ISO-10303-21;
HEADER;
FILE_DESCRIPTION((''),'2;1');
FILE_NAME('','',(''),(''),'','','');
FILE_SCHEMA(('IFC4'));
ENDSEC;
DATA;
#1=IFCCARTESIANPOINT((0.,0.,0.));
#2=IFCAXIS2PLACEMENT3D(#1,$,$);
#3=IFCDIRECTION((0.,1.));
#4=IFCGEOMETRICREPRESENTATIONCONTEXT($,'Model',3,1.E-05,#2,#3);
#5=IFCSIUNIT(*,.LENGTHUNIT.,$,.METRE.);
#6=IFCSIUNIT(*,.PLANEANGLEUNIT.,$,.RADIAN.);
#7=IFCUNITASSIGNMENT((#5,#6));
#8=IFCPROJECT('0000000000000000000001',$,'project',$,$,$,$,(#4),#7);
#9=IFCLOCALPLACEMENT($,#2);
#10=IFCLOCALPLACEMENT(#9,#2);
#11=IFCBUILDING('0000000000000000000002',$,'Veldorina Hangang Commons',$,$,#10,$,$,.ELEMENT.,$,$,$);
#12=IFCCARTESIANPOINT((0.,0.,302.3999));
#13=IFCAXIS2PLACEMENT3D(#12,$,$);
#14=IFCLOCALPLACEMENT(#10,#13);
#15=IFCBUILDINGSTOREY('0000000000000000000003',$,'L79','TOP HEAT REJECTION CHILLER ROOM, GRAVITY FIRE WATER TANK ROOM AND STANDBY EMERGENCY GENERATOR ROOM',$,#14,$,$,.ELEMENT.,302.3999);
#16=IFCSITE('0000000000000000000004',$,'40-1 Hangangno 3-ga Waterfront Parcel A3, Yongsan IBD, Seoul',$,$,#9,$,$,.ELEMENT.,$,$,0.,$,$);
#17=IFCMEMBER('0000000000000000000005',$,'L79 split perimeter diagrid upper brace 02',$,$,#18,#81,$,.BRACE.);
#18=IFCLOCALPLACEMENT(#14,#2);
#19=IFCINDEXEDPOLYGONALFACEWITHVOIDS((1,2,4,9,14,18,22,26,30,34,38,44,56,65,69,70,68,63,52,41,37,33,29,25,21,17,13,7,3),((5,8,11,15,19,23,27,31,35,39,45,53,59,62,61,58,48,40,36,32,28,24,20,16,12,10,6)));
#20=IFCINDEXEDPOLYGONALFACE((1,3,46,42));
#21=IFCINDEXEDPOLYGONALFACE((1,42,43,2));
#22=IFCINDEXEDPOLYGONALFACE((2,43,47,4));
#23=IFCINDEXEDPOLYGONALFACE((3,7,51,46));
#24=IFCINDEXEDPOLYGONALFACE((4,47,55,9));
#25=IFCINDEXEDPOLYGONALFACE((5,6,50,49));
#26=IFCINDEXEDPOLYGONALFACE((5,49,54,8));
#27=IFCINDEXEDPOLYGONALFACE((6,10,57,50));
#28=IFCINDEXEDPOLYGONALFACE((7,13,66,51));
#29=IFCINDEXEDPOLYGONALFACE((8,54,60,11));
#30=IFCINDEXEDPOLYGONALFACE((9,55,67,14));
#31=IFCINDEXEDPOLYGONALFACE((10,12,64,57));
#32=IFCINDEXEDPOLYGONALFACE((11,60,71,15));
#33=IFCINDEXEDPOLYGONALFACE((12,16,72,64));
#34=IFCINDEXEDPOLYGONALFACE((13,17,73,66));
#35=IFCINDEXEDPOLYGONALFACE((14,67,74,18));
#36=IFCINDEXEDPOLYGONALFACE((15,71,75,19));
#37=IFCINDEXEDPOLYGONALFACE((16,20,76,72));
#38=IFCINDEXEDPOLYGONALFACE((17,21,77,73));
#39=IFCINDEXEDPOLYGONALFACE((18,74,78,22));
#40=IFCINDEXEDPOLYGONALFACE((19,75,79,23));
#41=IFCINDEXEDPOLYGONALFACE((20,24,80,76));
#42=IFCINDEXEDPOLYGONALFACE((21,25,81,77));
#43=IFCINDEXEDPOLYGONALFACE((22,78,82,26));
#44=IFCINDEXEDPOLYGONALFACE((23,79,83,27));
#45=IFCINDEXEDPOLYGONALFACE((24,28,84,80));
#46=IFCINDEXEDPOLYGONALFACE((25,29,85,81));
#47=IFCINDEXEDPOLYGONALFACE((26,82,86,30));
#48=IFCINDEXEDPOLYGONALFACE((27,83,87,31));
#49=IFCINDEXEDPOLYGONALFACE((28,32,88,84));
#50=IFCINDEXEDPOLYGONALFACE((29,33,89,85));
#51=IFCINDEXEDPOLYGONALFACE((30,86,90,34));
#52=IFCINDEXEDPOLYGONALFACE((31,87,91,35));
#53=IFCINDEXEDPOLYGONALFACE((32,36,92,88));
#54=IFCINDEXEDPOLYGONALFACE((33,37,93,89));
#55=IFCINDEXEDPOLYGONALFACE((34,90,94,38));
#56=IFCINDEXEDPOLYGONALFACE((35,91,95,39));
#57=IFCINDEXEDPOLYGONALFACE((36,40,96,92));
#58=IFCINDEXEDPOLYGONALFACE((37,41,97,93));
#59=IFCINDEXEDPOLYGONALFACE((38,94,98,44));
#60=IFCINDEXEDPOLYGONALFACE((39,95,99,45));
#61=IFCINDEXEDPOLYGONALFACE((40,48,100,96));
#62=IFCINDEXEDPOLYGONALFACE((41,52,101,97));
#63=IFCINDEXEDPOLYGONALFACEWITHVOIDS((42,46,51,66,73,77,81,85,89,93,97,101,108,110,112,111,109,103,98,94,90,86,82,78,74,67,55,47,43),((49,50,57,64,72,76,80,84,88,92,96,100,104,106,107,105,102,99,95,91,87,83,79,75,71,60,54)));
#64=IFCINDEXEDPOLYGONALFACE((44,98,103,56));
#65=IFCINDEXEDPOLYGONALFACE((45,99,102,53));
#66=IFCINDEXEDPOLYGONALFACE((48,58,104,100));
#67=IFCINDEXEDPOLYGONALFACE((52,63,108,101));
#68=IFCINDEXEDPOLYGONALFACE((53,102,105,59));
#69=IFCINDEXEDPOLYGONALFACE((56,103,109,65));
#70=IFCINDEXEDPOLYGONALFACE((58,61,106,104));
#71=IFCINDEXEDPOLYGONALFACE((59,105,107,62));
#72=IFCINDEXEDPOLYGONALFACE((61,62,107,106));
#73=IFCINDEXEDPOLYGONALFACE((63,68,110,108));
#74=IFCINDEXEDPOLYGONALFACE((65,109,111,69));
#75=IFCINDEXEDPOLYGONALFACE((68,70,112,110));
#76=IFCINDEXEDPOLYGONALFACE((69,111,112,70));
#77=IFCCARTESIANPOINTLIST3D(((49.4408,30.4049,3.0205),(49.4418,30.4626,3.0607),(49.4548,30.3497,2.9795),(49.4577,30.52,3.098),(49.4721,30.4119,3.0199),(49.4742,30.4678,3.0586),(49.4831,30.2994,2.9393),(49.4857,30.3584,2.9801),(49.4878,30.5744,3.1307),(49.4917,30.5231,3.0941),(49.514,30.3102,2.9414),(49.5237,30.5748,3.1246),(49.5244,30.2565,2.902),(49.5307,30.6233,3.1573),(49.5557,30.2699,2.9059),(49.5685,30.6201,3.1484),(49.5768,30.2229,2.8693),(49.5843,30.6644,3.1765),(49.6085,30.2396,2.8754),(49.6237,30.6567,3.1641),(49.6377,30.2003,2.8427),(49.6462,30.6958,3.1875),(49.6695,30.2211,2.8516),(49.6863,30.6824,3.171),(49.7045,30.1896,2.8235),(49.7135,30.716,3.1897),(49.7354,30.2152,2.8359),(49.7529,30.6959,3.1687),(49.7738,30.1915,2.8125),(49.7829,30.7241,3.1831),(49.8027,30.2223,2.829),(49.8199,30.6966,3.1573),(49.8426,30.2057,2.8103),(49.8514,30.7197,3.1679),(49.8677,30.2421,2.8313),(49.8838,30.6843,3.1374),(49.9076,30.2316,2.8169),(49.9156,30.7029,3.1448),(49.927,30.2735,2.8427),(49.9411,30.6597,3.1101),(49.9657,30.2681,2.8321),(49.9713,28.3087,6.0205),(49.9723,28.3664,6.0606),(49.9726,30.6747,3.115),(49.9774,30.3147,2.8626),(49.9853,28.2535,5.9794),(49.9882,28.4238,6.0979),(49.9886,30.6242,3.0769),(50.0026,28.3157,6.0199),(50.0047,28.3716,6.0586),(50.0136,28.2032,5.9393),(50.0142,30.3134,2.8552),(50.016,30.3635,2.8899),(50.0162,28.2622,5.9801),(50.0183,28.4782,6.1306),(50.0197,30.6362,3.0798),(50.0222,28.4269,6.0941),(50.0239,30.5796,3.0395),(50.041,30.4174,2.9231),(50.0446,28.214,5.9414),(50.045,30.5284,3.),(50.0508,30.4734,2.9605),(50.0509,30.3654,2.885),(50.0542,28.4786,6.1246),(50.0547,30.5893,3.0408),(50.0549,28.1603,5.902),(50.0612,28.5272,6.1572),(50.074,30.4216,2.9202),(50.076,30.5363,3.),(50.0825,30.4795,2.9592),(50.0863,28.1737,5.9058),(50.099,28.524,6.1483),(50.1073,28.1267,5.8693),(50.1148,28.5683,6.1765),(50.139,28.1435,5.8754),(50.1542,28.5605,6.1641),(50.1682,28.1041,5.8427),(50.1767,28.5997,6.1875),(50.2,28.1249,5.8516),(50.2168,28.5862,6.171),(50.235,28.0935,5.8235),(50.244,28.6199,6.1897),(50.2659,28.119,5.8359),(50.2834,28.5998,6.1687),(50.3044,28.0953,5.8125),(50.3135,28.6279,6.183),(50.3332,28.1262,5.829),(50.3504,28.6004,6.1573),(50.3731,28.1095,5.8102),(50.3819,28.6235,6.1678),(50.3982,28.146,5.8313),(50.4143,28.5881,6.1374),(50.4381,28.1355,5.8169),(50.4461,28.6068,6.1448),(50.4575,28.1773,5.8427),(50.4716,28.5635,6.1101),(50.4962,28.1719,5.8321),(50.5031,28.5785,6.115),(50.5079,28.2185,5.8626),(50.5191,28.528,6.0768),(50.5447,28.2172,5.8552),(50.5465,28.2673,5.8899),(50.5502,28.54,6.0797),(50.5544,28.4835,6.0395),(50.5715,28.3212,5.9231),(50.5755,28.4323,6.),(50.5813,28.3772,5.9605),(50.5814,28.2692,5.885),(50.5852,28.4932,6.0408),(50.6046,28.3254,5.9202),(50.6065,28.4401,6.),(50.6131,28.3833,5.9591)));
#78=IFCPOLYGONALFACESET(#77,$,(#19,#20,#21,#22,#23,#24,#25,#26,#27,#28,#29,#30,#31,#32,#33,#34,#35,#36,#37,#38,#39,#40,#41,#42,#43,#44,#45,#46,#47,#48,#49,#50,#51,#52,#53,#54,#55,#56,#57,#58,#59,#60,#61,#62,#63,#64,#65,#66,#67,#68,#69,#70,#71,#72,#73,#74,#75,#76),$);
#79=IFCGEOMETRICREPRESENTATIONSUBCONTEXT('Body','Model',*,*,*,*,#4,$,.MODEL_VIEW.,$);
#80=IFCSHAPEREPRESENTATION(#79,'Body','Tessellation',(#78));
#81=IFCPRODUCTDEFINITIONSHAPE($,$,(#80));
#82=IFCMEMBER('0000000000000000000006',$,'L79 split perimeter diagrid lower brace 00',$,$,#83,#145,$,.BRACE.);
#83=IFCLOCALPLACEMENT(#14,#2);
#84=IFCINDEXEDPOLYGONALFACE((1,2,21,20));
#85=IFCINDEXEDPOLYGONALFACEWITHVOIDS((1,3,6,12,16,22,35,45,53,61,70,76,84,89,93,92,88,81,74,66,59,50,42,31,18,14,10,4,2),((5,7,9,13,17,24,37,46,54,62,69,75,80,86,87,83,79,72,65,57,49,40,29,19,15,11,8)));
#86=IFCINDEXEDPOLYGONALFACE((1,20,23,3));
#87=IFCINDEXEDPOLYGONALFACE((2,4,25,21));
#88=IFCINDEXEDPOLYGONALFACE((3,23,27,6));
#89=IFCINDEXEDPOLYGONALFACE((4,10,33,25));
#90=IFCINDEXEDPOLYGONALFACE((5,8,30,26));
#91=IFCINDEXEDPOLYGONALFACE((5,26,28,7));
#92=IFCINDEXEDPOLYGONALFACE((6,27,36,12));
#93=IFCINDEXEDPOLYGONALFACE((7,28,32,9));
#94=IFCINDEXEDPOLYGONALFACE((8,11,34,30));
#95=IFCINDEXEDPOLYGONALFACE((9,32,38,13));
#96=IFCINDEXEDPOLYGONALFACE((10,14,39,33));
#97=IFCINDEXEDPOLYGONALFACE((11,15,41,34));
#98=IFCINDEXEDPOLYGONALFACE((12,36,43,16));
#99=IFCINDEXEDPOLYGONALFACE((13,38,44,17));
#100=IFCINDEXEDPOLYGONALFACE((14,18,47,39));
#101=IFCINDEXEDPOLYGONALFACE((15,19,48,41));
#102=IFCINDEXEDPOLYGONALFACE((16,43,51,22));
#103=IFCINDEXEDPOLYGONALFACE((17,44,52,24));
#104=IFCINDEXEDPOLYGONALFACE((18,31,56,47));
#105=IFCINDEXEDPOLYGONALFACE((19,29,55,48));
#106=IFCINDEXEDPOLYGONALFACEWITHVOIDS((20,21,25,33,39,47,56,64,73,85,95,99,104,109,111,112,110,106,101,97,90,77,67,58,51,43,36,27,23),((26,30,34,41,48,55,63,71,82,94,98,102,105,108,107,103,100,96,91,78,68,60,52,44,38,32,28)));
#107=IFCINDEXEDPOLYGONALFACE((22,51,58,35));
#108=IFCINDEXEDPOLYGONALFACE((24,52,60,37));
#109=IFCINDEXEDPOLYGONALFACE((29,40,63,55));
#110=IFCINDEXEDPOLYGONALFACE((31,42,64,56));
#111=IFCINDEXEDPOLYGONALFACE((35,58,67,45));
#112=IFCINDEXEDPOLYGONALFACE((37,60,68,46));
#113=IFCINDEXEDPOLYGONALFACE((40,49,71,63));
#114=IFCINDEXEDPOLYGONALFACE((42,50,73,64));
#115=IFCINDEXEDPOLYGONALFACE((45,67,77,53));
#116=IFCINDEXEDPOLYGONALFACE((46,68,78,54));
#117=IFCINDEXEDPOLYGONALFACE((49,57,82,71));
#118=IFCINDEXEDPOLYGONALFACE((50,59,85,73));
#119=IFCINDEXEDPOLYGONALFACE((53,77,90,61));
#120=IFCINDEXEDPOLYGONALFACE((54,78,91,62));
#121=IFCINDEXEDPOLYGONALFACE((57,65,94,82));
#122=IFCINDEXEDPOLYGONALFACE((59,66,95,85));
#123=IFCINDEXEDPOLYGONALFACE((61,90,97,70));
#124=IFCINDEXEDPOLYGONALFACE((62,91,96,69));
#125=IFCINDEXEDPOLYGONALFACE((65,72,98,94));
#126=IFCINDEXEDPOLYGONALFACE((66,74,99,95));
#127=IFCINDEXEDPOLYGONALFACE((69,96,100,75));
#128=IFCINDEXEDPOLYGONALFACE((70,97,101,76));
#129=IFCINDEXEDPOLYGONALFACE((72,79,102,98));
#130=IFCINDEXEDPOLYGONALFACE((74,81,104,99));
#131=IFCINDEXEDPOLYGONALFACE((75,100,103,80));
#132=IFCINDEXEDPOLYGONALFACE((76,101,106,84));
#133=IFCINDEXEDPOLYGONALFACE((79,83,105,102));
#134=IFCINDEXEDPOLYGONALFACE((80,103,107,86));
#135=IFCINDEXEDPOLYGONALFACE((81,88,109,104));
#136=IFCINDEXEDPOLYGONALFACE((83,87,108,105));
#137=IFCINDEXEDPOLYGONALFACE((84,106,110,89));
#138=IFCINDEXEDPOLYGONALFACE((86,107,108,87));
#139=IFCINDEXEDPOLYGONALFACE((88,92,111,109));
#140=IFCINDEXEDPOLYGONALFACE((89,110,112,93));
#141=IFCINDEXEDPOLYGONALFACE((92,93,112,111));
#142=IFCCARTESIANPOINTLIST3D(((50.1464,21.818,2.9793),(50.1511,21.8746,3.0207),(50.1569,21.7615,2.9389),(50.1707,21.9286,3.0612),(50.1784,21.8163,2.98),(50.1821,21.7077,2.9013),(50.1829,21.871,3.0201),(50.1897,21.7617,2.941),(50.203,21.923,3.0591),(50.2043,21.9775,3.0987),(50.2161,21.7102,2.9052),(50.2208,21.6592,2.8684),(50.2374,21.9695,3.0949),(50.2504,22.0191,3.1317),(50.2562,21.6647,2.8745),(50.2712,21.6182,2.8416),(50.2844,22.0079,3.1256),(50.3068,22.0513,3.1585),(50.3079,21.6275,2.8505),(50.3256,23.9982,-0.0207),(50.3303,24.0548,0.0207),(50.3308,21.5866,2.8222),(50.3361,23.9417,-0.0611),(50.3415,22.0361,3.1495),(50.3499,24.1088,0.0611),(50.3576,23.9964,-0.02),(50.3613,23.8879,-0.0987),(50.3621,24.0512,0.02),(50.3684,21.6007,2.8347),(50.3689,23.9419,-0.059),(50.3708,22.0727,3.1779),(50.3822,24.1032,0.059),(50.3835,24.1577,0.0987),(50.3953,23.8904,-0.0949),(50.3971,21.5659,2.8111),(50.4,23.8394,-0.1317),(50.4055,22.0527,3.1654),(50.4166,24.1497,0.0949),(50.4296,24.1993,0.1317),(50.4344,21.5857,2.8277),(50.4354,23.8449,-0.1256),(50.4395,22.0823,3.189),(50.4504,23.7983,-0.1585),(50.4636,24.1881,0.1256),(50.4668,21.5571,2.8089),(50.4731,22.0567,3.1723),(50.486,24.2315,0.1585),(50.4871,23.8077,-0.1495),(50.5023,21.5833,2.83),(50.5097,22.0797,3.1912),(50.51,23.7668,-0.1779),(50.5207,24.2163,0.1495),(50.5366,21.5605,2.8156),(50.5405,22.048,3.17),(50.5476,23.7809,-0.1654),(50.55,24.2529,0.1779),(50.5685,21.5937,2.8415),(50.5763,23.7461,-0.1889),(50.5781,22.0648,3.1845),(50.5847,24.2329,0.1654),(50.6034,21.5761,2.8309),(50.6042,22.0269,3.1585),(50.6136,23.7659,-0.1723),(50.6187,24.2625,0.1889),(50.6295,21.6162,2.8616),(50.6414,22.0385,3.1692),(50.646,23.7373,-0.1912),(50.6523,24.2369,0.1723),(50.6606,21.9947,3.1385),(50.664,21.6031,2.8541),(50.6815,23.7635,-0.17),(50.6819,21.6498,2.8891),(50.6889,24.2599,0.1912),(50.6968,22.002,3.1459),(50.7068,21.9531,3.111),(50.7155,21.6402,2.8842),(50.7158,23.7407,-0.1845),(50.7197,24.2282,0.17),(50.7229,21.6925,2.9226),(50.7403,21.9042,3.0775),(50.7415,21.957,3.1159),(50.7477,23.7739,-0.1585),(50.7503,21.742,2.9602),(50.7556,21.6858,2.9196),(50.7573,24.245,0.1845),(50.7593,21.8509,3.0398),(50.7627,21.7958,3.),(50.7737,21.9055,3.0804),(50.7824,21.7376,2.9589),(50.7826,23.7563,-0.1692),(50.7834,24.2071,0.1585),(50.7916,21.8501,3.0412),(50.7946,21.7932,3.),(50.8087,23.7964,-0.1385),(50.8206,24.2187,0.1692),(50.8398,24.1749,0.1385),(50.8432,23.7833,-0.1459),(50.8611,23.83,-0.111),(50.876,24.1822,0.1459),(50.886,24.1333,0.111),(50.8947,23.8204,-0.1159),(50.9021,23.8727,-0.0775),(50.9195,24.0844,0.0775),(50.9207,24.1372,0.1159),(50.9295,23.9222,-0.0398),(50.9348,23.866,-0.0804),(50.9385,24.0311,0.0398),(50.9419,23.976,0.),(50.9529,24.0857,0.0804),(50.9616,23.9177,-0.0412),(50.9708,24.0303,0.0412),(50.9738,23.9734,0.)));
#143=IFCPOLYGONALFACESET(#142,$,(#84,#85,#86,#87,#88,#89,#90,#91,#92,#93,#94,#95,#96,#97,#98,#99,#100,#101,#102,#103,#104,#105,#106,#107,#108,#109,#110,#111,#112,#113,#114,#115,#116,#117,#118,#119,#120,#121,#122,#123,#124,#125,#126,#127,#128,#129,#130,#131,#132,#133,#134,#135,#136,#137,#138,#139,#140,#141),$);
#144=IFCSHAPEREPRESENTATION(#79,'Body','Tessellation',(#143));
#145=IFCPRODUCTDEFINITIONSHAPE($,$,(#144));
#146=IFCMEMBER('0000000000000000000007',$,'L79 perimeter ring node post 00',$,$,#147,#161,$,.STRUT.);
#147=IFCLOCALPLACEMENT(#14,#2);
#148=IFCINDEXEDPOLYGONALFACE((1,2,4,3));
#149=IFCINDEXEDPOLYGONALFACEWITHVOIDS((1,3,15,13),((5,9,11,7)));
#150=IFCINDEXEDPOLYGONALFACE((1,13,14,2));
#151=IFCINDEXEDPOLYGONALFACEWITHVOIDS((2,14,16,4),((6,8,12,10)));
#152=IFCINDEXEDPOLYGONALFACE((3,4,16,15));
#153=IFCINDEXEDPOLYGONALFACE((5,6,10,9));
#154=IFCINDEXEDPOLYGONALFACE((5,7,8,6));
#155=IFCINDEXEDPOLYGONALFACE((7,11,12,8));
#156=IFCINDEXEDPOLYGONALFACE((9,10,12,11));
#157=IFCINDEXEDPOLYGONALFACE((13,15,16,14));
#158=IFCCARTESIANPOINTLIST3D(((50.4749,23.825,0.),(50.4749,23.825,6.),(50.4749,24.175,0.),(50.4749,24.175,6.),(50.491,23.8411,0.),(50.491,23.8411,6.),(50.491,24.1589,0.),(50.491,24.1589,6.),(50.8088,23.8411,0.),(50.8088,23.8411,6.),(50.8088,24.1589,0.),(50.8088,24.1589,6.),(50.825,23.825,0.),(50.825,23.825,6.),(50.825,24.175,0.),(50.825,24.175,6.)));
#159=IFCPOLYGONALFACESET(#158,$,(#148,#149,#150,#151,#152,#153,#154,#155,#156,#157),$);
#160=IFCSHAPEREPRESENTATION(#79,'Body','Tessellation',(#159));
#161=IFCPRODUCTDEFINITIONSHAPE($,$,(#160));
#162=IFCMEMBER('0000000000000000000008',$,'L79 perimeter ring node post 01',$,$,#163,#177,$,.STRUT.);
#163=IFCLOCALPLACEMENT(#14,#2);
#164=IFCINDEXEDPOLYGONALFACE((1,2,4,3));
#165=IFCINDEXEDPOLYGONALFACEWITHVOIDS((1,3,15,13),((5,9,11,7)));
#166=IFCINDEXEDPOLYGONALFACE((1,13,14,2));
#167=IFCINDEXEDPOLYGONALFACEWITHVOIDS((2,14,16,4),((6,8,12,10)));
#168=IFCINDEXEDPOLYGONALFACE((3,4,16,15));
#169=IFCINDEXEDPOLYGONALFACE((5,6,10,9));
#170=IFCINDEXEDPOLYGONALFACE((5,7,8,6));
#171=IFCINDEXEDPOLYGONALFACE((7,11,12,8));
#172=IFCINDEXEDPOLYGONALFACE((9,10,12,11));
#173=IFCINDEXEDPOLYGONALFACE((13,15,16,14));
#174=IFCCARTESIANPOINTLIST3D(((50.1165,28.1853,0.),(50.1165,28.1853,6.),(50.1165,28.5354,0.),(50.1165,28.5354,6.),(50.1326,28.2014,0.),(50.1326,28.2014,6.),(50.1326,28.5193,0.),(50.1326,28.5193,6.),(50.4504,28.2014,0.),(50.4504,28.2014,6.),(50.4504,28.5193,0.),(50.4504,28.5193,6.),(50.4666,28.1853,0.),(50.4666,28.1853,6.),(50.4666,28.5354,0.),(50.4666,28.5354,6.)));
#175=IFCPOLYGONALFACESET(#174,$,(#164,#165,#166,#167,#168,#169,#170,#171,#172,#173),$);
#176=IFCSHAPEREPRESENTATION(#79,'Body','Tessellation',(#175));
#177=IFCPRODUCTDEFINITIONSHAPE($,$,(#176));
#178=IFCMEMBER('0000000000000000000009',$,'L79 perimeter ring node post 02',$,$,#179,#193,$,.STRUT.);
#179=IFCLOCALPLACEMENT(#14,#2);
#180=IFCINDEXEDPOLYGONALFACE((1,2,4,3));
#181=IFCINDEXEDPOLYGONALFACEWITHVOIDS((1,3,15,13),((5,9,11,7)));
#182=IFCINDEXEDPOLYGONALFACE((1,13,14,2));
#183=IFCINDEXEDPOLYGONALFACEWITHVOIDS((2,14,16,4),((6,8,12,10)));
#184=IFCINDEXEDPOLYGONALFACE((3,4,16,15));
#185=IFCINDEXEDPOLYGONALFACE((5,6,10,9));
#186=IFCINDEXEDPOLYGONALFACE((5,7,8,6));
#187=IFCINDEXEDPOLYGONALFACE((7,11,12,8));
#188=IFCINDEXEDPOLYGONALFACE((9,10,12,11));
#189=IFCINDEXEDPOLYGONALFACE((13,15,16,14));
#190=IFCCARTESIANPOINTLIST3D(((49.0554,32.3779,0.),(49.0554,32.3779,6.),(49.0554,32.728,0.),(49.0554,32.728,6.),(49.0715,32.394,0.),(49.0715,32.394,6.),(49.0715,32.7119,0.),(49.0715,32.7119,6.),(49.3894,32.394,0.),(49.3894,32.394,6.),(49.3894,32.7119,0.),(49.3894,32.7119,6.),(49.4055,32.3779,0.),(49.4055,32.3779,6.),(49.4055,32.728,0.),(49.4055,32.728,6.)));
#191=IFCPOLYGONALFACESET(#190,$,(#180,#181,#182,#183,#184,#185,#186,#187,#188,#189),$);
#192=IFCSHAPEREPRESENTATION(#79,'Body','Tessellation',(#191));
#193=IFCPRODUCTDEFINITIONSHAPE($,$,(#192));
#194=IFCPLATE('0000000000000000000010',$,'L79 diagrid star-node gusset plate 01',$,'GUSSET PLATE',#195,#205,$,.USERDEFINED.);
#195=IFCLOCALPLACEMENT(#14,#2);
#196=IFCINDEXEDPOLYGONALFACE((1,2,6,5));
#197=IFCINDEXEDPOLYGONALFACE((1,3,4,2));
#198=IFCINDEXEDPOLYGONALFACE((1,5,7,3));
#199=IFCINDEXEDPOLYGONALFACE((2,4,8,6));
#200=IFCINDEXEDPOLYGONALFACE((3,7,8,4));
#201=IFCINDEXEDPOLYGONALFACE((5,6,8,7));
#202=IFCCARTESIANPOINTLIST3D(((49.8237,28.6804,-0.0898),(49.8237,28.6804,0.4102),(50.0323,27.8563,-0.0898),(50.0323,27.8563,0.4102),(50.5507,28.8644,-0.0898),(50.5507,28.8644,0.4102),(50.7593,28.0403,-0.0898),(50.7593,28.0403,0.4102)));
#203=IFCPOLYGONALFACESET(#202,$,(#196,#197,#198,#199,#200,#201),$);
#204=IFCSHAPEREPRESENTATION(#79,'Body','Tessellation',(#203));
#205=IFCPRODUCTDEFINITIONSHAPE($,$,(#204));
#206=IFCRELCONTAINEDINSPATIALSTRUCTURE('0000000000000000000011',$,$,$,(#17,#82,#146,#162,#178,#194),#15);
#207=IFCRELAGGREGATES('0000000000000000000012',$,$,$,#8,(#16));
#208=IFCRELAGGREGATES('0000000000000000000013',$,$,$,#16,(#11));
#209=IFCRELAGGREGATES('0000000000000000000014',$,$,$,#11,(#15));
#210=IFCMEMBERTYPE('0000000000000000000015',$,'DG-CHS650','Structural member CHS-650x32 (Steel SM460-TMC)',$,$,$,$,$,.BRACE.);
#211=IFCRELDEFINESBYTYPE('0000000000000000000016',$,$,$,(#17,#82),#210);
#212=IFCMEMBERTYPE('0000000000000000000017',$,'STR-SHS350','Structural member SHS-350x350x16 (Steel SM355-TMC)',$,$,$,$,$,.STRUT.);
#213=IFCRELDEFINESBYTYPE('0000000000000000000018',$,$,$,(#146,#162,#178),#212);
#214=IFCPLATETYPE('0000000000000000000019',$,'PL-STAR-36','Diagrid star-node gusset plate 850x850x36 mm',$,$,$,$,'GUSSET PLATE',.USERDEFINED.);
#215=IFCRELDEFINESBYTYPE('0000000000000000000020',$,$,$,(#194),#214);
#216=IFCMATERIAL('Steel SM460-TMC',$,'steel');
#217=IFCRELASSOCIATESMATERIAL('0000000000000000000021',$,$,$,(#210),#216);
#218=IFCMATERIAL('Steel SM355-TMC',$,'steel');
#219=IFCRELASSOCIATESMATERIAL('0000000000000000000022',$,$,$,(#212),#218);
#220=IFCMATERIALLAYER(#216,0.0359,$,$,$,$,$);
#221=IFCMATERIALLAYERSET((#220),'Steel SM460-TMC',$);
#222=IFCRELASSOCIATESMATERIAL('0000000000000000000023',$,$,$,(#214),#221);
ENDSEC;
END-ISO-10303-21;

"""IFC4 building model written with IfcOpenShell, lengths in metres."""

from ifc_helpers import new_model, si_unit, direction, frame, origin, origin_2d, place, context, subcontext, project, spatial, rectangle, hollow_rectangle, hollow_circle, extrude, material, layer, layer_set, material_profile, profile_set, type_object, element, save


model = new_model("IFC4")

# Units and contexts
model_context = context("Model", 3, precision=1e-05, world=origin(), true_north=direction((0.0, 1.0)))
body_context = subcontext(model_context, "Body", "Model", "MODEL_VIEW")
ifc_project = project(units=[si_unit("LENGTHUNIT", "METRE"), si_unit("PLANEANGLEUNIT", "RADIAN")], contexts=[model_context])

# Site, building, storey
site_placement = place(None, origin())
site = spatial("IfcSite", under=ifc_project, at=site_placement, Name="40-1 Hangangno 3-ga Waterfront Parcel A3, Yongsan IBD, Seoul", CompositionType="ELEMENT", RefElevation=0.0)
building_placement = place(site_placement, origin())
building = spatial("IfcBuilding", under=site, at=building_placement, Name="Veldorina Hangang Commons", CompositionType="ELEMENT")
storey_placement = place(building_placement, frame((0.0, 0.0, 302.3999)))
storey = spatial("IfcBuildingStorey", under=building, at=storey_placement, Name="L79", Description="TOP HEAT REJECTION CHILLER ROOM, GRAVITY FIRE WATER TANK ROOM AND STANDBY EMERGENCY GENERATOR ROOM", CompositionType="ELEMENT", Elevation=302.3999)

# Shared definitions
ifc_material_1 = material(Name="Steel SM460-TMC", Category="steel")

# Members
ifc_material_profile_1 = material_profile(ifc_material_1, hollow_circle(Radius=0.325, WallThickness=0.032, at=origin_2d()), Name="CHS-650x32")
ifc_profile_set_1 = profile_set([ifc_material_profile_1], Name="Steel SM460-TMC")
member_type_1 = type_object("IfcMemberType", Name="DG-CHS650", Description="Structural member CHS-650x32 (Steel SM460-TMC)", PredefinedType="BRACE", material=ifc_profile_set_1)
member_1_placement = place(storey_placement, frame((49.761, 30.4565, 3.0), z_axis=(0.143459, -0.566839, 0.811242), x_axis=(0.969434, 0.245351, 0.0)))
element("IfcMember", 1, at=member_1_placement, inside=storey, type_object=member_type_1, Name="L79 split perimeter diagrid upper brace 02", PredefinedType="BRACE", context=body_context, shape_type="SweptSolid", body=[
    extrude(hollow_circle(Radius=0.325, WallThickness=0.032, at=origin_2d()), origin(), (0.0, 0.0, 1.0), 3.698),
])
member_2_placement = place(storey_placement, frame((50.6499, 24.0, 0.0), z_axis=(-0.048265, -0.587197, 0.808004), x_axis=(0.996639, -0.081919, 0.0)))
element("IfcMember", 2, at=member_2_placement, inside=storey, type_object=member_type_1, Name="L79 split perimeter diagrid lower brace 00", PredefinedType="BRACE", context=body_context, shape_type="SweptSolid", body=[
    extrude(hollow_circle(Radius=0.325, WallThickness=0.032, at=origin_2d()), origin(), (0.0, 0.0, 1.0), 3.7129),
])
ifc_material_2 = material(Name="Steel SM355-TMC", Category="steel")
ifc_material_profile_2 = material_profile(ifc_material_2, hollow_rectangle(XDim=0.3501, YDim=0.3501, WallThickness=0.0161, at=origin_2d()), Name="SHS-350x350x16")
ifc_profile_set_2 = profile_set([ifc_material_profile_2], Name="Steel SM355-TMC")
member_type_2 = type_object("IfcMemberType", Name="STR-SHS350", Description="Structural member SHS-350x350x16 (Steel SM355-TMC)", PredefinedType="STRUT", material=ifc_profile_set_2)
for number, where, z_axis, x_axis, name in (
    (3, (50.6499, 24.0, 0.0), (0.0, 0.0, 1.0), (1.0, 0.0, 0.0), "L79 perimeter ring node post 00"),
    (4, (50.2915, 28.3604, 0.0), (0.0, 0.0, 1.0), (1.0, 0.0, 0.0), "L79 perimeter ring node post 01"),
    (5, (49.2305, 32.553, 0.0), (0.0, 0.0, 1.0), (1.0, 0.0, 0.0), "L79 perimeter ring node post 02"),
):
    element("IfcMember", number, at=place(storey_placement, frame(where, z_axis=z_axis, x_axis=x_axis)), inside=storey, type_object=member_type_2, Name=name, PredefinedType="STRUT", context=body_context, shape_type="SweptSolid", body=[
        extrude(hollow_rectangle(XDim=0.3501, YDim=0.3501, WallThickness=0.0161, at=origin_2d()), origin(), (0.0, 0.0, 1.0), 6.0),
    ])

# Plate
ifc_layer_1 = layer(ifc_material_1, 0.0359)
ifc_layer_set_1 = layer_set([ifc_layer_1], Name="Steel SM460-TMC")
plate_type = type_object("IfcPlateType", Name="PL-STAR-36", Description="Diagrid star-node gusset plate 850x850x36 mm", ElementType="GUSSET PLATE", PredefinedType="USERDEFINED", material=ifc_layer_set_1)
plate_1_placement = place(storey_placement, frame((50.2915, 28.3604, -0.0898), z_axis=(0.0, 0.0, 1.0), x_axis=(-0.245375, 0.969428, 0.0)))
element("IfcPlate", 6, at=plate_1_placement, inside=storey, type_object=plate_type, Name="L79 diagrid star-node gusset plate 01", ObjectType="GUSSET PLATE", PredefinedType="USERDEFINED", context=body_context, shape_type="SweptSolid", body=[
    extrude(rectangle(XDim=0.8501, YDim=0.75, at=origin_2d()), origin(), (0.0, 0.0, 1.0), 0.5),
])

save(model, "model.ifc")
